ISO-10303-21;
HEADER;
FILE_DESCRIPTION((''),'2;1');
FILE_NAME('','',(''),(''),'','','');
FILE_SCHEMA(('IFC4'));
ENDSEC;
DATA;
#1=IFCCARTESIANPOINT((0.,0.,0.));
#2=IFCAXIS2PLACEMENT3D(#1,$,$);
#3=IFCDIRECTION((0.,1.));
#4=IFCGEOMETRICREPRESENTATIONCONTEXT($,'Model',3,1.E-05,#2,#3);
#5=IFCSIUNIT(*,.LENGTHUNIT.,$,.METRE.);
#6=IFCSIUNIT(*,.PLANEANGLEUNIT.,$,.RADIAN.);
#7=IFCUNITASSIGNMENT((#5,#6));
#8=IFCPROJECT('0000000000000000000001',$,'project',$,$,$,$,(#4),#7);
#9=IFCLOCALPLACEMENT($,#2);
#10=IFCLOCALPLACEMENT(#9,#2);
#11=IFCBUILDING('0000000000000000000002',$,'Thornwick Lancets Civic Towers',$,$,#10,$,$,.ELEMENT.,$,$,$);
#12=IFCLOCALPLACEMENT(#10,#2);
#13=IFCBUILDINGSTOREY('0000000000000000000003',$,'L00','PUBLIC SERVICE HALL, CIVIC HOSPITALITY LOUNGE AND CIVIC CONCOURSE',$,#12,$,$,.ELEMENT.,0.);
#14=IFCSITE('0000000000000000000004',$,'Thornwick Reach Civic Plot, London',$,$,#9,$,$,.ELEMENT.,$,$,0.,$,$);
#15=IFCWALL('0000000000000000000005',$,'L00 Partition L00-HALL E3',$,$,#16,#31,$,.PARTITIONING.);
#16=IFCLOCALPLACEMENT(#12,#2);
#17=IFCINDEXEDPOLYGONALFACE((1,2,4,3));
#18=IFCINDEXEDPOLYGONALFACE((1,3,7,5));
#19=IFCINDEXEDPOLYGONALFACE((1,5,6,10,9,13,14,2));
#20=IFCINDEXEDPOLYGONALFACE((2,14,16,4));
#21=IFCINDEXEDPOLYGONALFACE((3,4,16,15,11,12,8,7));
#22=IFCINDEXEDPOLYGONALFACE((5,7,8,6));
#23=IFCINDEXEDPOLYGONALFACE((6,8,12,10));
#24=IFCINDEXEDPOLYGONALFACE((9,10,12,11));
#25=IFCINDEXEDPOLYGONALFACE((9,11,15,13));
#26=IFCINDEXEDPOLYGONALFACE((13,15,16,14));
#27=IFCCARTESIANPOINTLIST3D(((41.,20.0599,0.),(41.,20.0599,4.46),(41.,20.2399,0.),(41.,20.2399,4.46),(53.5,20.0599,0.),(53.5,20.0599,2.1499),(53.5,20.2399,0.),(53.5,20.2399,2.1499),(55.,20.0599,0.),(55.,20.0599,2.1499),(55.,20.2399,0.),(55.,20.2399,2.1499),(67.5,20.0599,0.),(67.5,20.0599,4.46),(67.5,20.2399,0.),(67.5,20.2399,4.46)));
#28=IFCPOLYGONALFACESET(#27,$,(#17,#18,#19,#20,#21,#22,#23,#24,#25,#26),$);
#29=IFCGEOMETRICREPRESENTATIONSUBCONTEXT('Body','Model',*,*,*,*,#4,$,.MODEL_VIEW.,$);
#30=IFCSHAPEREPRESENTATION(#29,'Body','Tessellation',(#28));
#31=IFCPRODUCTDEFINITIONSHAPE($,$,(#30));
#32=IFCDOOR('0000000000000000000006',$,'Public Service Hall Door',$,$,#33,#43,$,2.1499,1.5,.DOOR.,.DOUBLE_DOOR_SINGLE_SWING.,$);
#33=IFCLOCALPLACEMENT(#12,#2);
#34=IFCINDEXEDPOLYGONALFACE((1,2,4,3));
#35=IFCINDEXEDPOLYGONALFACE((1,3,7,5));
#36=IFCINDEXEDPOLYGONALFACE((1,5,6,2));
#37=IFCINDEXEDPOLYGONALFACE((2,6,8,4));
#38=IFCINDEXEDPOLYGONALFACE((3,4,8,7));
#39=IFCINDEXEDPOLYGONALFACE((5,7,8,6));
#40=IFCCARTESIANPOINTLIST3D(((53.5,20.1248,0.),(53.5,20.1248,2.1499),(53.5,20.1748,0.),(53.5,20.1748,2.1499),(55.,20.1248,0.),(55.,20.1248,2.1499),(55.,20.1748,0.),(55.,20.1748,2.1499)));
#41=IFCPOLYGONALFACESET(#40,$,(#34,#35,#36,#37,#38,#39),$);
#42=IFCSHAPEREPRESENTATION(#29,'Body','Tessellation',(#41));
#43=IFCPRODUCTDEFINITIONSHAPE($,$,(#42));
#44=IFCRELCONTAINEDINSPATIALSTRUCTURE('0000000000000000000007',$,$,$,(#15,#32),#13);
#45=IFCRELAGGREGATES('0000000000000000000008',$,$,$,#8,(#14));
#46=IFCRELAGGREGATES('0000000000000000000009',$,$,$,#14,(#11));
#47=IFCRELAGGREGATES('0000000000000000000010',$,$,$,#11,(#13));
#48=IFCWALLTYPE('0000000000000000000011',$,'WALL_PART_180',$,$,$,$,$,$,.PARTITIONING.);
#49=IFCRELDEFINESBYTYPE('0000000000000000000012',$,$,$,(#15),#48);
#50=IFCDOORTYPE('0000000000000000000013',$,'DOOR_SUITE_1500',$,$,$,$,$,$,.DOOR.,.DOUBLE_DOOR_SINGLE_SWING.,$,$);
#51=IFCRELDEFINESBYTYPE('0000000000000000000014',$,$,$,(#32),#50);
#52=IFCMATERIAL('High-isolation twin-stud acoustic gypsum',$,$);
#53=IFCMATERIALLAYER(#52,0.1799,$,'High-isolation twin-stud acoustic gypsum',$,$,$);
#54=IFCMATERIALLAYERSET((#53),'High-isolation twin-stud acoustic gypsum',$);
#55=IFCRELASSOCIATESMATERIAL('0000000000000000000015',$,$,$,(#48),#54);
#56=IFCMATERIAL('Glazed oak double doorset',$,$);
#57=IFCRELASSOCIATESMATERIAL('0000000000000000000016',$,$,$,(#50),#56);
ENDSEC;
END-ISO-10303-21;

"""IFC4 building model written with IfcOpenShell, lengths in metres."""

from ifc_helpers import new_model, si_unit, direction, frame, frame_2d, origin, place, context, subcontext, project, spatial, rectangle, extrude, material, layer, layer_set, type_object, element, fill, save


model = new_model("IFC4")

# Units and contexts
model_context = context("Model", 3, precision=1e-05, world=origin(), true_north=direction((0.0, 1.0)))
body_context = subcontext(model_context, "Body", "Model", "MODEL_VIEW")
ifc_project = project(units=[si_unit("LENGTHUNIT", "METRE"), si_unit("PLANEANGLEUNIT", "RADIAN")], contexts=[model_context])

# Site, building, storey
site_placement = place(None, origin())
site = spatial("IfcSite", under=ifc_project, at=site_placement, Name="Thornwick Reach Civic Plot, London", CompositionType="ELEMENT", RefElevation=0.0)
building_placement = place(site_placement, origin())
building = spatial("IfcBuilding", under=site, at=building_placement, Name="Thornwick Lancets Civic Towers", CompositionType="ELEMENT")
storey_placement = place(building_placement, origin())
storey = spatial("IfcBuildingStorey", under=building, at=storey_placement, Name="L00", Description="PUBLIC SERVICE HALL, CIVIC HOSPITALITY LOUNGE AND CIVIC CONCOURSE", CompositionType="ELEMENT", Elevation=0.0)

# Wall, opening, door
ifc_material_1 = material(Name="High-isolation twin-stud acoustic gypsum")
ifc_layer_1 = layer(ifc_material_1, 0.1799, Name="High-isolation twin-stud acoustic gypsum")
ifc_layer_set_1 = layer_set([ifc_layer_1], Name="High-isolation twin-stud acoustic gypsum")
wall_type_1 = type_object("IfcWallType", Name="WALL_PART_180", PredefinedType="PARTITIONING", material=ifc_layer_set_1)
wall_1_placement = place(storey_placement, frame((41.0, 20.1499, 0.0), z_axis=(0.0, 0.0, 1.0), x_axis=(1.0, 0.0, 0.0)))
wall_1 = element("IfcWall", 1, at=wall_1_placement, inside=storey, type_object=wall_type_1, Name="L00 Partition L00-HALL E3", PredefinedType="PARTITIONING", context=body_context, shape_type="SweptSolid", body=[
    extrude(rectangle(XDim=26.5, YDim=0.1799, at=frame_2d((13.25, 0.0))), origin(), (0.0, 0.0, 1.0), 4.46),
])
opening_1_placement = place(wall_1_placement, frame((12.5, 0.0, 0.0)))
opening_1 = element("IfcOpeningElement", 2, at=opening_1_placement, cuts=wall_1, PredefinedType="OPENING", context=body_context, shape_type="SweptSolid", body=[
    extrude(rectangle(XDim=1.5, YDim=2.1499, at=frame_2d((0.75, 1.075))), frame((0.0, 0.1001, 0.0), z_axis=(0.0, -1.0, 0.0), x_axis=(1.0, 0.0, 0.0)), (0.0, 0.0, 1.0), 0.2),
])
ifc_material_2 = material(Name="Glazed oak double doorset")
door_type_1 = type_object("IfcDoorType", Name="DOOR_SUITE_1500", OperationType="DOUBLE_DOOR_SINGLE_SWING", PredefinedType="DOOR", material=ifc_material_2)
door_1_placement = place(opening_1_placement, origin())
door_1 = element("IfcDoor", 3, at=door_1_placement, inside=storey, type_object=door_type_1, Name="Public Service Hall Door", OperationType="DOUBLE_DOOR_SINGLE_SWING", OverallHeight=2.1499, OverallWidth=1.5, PredefinedType="DOOR", context=body_context, shape_type="SweptSolid", body=[
    extrude(rectangle(XDim=1.5, YDim=2.1499, at=frame_2d((0.75, 1.075))), frame((0.0, 0.0249, 0.0), z_axis=(0.0, -1.0, 0.0), x_axis=(1.0, 0.0, 0.0)), (0.0, 0.0, 1.0), 0.05),
])
fill(opening_1, door_1)

save(model, "model.ifc")
